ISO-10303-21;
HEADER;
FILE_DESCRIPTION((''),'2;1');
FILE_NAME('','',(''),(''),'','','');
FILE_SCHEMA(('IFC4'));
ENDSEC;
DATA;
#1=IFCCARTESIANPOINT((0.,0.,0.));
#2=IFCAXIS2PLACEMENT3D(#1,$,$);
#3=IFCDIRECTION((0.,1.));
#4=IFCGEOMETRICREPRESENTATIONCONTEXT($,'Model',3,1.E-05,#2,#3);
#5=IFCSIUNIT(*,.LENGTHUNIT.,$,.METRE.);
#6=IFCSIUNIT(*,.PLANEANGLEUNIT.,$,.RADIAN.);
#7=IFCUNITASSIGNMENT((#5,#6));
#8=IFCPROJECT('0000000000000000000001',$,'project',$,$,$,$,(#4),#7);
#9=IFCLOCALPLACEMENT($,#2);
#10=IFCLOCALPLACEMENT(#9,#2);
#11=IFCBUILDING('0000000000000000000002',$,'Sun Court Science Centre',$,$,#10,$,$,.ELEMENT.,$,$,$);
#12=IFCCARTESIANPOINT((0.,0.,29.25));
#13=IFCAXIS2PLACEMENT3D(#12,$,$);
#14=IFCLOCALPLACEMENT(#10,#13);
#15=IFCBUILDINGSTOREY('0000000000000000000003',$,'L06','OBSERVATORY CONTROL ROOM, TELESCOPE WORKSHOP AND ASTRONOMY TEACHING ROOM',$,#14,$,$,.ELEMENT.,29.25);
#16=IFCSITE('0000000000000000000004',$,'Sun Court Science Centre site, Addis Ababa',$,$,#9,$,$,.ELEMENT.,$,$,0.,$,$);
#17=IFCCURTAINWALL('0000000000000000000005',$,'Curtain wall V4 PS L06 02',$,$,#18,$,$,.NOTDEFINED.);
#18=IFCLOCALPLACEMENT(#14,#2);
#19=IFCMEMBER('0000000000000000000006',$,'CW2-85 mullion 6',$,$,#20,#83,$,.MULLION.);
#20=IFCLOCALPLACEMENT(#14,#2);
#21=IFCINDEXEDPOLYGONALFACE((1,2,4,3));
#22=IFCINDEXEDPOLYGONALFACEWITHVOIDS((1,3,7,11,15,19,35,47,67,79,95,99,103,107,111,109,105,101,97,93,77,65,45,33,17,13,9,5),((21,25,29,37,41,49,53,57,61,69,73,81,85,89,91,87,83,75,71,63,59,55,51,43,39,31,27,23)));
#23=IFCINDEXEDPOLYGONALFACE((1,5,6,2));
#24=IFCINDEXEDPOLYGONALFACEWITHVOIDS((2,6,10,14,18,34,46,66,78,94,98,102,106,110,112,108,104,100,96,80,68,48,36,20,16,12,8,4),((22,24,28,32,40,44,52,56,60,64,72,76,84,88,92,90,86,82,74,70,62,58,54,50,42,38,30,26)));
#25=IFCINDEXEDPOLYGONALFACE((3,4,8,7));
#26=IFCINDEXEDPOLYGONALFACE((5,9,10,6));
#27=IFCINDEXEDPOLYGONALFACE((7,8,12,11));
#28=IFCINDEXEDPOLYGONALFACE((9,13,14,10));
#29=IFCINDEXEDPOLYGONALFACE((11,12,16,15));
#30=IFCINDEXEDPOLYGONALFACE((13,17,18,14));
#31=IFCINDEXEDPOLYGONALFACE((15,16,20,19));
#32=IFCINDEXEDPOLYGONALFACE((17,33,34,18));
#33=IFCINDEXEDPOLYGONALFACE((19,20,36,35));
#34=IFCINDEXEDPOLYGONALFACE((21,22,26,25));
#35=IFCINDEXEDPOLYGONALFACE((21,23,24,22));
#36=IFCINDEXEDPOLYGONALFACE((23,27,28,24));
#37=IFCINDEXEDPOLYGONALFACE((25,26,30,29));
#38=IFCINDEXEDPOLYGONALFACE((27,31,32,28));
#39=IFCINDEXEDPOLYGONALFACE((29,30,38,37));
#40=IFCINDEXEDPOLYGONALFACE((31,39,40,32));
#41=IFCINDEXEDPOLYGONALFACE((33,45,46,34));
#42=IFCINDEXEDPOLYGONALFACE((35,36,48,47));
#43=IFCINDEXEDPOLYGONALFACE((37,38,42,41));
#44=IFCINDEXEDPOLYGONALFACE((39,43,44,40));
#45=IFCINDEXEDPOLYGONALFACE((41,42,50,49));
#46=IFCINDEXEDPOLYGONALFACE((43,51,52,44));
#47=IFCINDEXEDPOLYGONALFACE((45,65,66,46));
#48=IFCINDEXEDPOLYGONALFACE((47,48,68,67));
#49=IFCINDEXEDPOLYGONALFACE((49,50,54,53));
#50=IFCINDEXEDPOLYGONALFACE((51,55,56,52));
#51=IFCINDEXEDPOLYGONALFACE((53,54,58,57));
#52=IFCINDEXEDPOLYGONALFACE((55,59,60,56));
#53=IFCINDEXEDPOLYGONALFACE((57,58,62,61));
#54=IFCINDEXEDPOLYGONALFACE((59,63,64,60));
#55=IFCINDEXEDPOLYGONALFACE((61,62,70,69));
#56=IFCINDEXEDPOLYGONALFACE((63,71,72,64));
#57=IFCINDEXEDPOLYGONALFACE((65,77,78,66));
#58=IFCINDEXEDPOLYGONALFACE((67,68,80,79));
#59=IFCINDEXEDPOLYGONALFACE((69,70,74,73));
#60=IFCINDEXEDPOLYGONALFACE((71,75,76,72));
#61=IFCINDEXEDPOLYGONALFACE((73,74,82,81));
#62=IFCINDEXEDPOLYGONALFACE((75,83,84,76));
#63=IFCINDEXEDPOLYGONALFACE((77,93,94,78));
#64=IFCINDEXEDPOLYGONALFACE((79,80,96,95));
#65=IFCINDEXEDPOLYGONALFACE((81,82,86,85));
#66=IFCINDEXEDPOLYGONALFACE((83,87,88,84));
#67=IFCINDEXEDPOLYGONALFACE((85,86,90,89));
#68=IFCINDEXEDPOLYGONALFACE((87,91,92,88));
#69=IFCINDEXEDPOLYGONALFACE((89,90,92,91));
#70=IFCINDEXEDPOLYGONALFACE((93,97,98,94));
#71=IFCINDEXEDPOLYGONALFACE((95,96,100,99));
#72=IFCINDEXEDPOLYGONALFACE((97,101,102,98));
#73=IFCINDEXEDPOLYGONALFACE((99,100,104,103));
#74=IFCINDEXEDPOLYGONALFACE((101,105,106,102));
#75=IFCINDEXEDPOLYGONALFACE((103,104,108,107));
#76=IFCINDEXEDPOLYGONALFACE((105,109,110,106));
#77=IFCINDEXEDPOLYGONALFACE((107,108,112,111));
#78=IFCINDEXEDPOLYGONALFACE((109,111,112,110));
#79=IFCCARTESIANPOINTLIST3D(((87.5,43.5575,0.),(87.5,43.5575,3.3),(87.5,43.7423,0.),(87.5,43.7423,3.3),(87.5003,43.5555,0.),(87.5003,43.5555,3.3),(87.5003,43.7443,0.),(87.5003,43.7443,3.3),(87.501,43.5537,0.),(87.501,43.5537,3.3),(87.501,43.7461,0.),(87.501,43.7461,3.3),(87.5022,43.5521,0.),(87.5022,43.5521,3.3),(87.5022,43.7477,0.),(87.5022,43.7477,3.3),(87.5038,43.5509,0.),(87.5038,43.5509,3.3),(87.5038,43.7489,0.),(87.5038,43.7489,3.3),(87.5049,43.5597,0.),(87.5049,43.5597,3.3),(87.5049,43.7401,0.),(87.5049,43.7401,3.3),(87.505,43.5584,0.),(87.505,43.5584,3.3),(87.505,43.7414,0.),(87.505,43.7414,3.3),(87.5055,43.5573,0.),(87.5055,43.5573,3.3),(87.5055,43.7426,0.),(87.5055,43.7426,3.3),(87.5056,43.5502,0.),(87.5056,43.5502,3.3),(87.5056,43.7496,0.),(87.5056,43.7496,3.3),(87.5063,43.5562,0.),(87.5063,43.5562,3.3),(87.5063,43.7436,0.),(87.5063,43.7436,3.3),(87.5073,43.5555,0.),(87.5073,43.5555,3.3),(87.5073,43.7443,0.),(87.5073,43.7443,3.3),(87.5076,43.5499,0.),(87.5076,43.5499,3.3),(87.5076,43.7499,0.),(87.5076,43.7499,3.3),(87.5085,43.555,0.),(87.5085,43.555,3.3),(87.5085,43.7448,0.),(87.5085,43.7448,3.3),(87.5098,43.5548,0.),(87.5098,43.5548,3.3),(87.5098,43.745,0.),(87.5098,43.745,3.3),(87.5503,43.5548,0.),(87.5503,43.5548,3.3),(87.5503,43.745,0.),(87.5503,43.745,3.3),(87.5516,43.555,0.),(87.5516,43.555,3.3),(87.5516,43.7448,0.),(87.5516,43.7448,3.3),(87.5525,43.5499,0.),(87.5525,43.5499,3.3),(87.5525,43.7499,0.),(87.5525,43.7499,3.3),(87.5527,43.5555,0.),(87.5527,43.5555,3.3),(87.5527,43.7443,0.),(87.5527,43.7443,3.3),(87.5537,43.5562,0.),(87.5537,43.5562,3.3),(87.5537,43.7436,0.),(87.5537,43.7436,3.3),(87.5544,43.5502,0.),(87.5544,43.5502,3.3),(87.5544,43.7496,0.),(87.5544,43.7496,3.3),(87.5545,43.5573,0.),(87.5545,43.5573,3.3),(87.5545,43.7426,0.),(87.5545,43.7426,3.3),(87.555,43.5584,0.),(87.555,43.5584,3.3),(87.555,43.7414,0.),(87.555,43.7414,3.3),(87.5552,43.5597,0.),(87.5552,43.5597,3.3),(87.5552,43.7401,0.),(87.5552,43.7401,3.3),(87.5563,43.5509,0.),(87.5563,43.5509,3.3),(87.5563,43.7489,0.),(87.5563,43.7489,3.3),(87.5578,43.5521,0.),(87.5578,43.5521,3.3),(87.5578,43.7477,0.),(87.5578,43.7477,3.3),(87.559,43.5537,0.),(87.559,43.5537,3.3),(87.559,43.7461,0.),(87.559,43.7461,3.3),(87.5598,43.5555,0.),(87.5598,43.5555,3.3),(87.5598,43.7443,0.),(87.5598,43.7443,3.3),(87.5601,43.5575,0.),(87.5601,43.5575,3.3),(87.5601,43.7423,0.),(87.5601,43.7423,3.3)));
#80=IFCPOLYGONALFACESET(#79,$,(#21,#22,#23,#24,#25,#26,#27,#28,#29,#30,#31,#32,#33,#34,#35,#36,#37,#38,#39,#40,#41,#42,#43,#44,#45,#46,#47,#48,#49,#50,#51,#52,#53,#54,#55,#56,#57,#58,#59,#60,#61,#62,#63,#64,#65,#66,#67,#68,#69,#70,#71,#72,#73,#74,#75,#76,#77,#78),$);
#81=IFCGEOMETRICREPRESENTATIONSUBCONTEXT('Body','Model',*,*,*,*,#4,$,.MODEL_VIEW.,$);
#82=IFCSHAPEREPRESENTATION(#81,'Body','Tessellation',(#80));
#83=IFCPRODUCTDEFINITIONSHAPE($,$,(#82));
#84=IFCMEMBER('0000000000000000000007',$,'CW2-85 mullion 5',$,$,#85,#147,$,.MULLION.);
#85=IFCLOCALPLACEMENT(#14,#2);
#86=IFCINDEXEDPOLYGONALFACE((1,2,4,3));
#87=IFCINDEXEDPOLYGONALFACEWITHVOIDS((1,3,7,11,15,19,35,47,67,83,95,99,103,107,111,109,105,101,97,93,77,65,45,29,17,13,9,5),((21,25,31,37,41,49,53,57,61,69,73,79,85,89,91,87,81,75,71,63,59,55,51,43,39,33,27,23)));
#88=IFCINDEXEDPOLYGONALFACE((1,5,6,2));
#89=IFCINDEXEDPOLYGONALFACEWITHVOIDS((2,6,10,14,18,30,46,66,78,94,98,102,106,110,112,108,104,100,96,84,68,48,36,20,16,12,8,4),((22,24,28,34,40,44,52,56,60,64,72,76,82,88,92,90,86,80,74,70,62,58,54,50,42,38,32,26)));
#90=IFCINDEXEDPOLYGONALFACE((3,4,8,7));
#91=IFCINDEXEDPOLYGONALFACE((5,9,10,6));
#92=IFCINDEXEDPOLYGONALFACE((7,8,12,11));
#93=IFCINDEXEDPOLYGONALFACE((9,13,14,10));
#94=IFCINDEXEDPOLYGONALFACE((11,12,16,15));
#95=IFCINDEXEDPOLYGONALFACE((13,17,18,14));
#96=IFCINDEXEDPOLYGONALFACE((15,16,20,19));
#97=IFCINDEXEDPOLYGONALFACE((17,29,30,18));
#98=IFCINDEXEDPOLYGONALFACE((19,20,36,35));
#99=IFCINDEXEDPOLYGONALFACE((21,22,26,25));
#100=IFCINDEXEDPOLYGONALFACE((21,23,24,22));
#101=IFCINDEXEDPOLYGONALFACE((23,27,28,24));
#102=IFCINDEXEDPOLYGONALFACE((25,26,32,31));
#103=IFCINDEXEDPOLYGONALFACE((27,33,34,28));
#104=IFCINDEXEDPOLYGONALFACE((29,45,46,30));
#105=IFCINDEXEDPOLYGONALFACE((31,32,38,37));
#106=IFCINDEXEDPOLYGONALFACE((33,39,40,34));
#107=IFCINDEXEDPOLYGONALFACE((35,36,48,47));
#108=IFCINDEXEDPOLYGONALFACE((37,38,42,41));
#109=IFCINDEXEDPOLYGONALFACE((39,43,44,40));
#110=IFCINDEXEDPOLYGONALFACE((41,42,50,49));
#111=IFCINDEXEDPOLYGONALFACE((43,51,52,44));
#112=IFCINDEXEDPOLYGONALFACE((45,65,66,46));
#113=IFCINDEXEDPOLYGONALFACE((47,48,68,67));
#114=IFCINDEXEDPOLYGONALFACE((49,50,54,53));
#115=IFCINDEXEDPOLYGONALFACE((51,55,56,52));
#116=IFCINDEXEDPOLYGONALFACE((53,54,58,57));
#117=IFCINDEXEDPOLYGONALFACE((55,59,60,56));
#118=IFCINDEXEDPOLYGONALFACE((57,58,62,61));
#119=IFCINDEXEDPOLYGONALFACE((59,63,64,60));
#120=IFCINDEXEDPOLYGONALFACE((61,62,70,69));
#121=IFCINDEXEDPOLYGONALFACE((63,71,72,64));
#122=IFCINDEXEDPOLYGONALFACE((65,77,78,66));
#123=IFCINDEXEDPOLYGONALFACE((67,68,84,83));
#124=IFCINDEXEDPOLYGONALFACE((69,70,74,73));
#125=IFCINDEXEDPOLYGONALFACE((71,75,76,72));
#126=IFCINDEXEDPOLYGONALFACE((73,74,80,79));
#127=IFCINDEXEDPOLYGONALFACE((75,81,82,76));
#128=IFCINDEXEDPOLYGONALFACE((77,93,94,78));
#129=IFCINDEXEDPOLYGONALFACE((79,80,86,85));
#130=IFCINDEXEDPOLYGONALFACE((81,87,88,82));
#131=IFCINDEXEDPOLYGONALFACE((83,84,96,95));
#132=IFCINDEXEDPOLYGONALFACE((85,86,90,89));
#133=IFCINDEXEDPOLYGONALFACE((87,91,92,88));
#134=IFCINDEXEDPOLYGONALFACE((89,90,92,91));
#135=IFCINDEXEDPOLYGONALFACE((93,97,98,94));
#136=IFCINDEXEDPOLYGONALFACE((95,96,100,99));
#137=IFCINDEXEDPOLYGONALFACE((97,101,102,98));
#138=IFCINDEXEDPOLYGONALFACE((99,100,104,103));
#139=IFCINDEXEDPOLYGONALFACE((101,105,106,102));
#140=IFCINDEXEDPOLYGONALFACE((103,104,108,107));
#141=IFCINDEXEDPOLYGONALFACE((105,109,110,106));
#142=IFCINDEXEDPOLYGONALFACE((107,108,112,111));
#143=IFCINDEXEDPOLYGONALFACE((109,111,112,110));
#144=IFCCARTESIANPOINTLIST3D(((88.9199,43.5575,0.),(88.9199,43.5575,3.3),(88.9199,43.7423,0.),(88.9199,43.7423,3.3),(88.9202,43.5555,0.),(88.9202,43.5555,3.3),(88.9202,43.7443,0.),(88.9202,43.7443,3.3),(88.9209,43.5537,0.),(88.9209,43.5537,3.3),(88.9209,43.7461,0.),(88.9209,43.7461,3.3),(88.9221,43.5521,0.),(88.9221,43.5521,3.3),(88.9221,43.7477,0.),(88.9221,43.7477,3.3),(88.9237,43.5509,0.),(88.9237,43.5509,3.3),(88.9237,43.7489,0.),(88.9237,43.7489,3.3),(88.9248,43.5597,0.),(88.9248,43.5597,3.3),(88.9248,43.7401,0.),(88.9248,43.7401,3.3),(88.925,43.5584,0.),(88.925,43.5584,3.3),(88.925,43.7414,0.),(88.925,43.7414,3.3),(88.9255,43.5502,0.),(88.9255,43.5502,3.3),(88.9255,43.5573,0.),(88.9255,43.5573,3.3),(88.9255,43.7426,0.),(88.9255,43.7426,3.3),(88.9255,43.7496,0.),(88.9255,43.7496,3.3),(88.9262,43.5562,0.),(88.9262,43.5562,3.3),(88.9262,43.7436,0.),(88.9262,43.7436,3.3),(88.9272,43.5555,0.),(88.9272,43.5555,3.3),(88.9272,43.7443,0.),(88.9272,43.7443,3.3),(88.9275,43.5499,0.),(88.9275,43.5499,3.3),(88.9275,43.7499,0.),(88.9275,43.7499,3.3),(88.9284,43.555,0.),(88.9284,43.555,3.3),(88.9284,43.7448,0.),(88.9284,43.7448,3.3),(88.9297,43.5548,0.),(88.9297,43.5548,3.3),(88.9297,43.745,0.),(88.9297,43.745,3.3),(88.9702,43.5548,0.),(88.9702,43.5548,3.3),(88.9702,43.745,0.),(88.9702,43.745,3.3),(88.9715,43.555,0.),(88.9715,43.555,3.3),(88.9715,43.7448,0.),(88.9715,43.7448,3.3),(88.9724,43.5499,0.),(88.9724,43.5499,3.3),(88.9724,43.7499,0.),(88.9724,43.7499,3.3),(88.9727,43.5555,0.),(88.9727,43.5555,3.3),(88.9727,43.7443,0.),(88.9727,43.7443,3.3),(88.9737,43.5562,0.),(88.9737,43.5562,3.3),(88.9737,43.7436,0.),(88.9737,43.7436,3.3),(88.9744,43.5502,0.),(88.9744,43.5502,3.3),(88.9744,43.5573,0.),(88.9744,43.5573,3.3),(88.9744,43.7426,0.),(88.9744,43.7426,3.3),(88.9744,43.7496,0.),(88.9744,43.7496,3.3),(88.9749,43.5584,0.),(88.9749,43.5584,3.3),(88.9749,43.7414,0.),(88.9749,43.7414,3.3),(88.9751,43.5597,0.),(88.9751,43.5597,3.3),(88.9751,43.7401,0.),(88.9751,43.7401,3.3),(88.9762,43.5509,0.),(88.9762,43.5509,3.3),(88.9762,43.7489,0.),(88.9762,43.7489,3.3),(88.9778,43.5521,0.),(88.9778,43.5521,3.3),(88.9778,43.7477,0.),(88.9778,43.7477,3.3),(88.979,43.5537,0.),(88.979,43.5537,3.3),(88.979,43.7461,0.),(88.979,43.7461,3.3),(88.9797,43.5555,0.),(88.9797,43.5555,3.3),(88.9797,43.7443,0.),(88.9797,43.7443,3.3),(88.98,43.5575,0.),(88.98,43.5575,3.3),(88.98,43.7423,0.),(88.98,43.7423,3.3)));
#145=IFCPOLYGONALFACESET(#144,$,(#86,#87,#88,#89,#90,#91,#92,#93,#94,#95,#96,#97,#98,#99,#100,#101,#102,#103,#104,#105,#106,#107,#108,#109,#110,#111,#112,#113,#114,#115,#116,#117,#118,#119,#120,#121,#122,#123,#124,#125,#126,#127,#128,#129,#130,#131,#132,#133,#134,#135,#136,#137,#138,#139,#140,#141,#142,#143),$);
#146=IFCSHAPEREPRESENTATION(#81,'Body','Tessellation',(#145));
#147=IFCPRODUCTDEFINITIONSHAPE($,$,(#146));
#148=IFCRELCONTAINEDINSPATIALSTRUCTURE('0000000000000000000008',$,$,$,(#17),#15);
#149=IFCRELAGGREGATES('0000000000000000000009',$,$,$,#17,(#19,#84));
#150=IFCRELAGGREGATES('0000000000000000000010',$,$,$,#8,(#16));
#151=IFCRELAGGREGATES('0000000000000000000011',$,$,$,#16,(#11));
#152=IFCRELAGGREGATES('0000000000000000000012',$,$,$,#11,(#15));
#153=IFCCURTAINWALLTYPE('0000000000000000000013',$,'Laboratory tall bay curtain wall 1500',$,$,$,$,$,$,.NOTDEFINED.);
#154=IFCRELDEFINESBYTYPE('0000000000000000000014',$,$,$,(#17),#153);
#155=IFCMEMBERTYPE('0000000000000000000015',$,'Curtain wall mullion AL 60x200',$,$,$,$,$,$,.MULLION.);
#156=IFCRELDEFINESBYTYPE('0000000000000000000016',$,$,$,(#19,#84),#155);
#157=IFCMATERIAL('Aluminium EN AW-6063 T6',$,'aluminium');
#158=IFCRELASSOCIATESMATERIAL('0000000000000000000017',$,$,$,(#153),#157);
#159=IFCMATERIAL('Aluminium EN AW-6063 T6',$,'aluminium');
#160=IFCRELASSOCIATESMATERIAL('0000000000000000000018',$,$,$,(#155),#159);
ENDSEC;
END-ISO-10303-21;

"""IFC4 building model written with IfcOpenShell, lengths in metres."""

from ifc_helpers import new_model, si_unit, direction, frame, origin, origin_2d, place, context, subcontext, project, spatial, hollow_rectangle, extrude, material, material_profile, profile_set, type_object, element, aggregate, save


model = new_model("IFC4")

# Units and contexts
model_context = context("Model", 3, precision=1e-05, world=origin(), true_north=direction((0.0, 1.0)))
body_context = subcontext(model_context, "Body", "Model", "MODEL_VIEW")
ifc_project = project(units=[si_unit("LENGTHUNIT", "METRE"), si_unit("PLANEANGLEUNIT", "RADIAN")], contexts=[model_context])

# Site, building, storey
site_placement = place(None, origin())
site = spatial("IfcSite", under=ifc_project, at=site_placement, Name="Sun Court Science Centre site, Addis Ababa", CompositionType="ELEMENT", RefElevation=0.0)
building_placement = place(site_placement, origin())
building = spatial("IfcBuilding", under=site, at=building_placement, Name="Sun Court Science Centre", CompositionType="ELEMENT")
storey_placement = place(building_placement, frame((0.0, 0.0, 29.25)))
storey = spatial("IfcBuildingStorey", under=building, at=storey_placement, Name="L06", Description="OBSERVATORY CONTROL ROOM, TELESCOPE WORKSHOP AND ASTRONOMY TEACHING ROOM", CompositionType="ELEMENT", Elevation=29.25)

# Curtain wall, members
ifc_material_1 = material(Name="Aluminium EN AW-6063 T6", Category="aluminium")
curtain_wall_type = type_object("IfcCurtainWallType", Name="Laboratory tall bay curtain wall 1500", PredefinedType="NOTDEFINED", material=ifc_material_1)
curtain_wall_placement = place(storey_placement, origin())
curtain_wall = element("IfcCurtainWall", 1, at=curtain_wall_placement, inside=storey, type_object=curtain_wall_type, Name="Curtain wall V4 PS L06 02", PredefinedType="NOTDEFINED")
ifc_material_2 = material(Name="Aluminium EN AW-6063 T6", Category="aluminium")
ifc_material_profile_1 = material_profile(ifc_material_2, hollow_rectangle(XDim=0.0601, YDim=0.2, WallThickness=0.0049, InnerFilletRadius=0.0049, OuterFilletRadius=0.0076, at=origin_2d()), Name="AL 60x200x5")
ifc_profile_set_1 = profile_set([ifc_material_profile_1], Name="Aluminium EN AW-6063 T6")
member_type_1 = type_object("IfcMemberType", Name="Curtain wall mullion AL 60x200", PredefinedType="MULLION", material=ifc_profile_set_1)
member_1_placement = place(storey_placement, frame((87.53, 43.6499, 0.0), z_axis=(0.0, 0.0, 1.0), x_axis=(-1.0, 0.0, 0.0)))
member_1 = element("IfcMember", 2, at=member_1_placement, type_object=member_type_1, Name="CW2-85 mullion 6", PredefinedType="MULLION", context=body_context, shape_type="SweptSolid", body=[
    extrude(hollow_rectangle(XDim=0.0601, YDim=0.2, WallThickness=0.0049, InnerFilletRadius=0.0049, OuterFilletRadius=0.0076, at=origin_2d()), origin(), (0.0, 0.0, 1.0), 3.3),
])
member_2_placement = place(storey_placement, frame((88.95, 43.6499, 0.0), z_axis=(0.0, 0.0, 1.0), x_axis=(-1.0, 0.0, 0.0)))
member_2 = element("IfcMember", 3, at=member_2_placement, type_object=member_type_1, Name="CW2-85 mullion 5", PredefinedType="MULLION", context=body_context, shape_type="SweptSolid", body=[
    extrude(hollow_rectangle(XDim=0.0601, YDim=0.2, WallThickness=0.0049, InnerFilletRadius=0.0049, OuterFilletRadius=0.0076, at=origin_2d()), origin(), (0.0, 0.0, 1.0), 3.3),
])
aggregate(curtain_wall, [member_1, member_2])

save(model, "model.ifc")
